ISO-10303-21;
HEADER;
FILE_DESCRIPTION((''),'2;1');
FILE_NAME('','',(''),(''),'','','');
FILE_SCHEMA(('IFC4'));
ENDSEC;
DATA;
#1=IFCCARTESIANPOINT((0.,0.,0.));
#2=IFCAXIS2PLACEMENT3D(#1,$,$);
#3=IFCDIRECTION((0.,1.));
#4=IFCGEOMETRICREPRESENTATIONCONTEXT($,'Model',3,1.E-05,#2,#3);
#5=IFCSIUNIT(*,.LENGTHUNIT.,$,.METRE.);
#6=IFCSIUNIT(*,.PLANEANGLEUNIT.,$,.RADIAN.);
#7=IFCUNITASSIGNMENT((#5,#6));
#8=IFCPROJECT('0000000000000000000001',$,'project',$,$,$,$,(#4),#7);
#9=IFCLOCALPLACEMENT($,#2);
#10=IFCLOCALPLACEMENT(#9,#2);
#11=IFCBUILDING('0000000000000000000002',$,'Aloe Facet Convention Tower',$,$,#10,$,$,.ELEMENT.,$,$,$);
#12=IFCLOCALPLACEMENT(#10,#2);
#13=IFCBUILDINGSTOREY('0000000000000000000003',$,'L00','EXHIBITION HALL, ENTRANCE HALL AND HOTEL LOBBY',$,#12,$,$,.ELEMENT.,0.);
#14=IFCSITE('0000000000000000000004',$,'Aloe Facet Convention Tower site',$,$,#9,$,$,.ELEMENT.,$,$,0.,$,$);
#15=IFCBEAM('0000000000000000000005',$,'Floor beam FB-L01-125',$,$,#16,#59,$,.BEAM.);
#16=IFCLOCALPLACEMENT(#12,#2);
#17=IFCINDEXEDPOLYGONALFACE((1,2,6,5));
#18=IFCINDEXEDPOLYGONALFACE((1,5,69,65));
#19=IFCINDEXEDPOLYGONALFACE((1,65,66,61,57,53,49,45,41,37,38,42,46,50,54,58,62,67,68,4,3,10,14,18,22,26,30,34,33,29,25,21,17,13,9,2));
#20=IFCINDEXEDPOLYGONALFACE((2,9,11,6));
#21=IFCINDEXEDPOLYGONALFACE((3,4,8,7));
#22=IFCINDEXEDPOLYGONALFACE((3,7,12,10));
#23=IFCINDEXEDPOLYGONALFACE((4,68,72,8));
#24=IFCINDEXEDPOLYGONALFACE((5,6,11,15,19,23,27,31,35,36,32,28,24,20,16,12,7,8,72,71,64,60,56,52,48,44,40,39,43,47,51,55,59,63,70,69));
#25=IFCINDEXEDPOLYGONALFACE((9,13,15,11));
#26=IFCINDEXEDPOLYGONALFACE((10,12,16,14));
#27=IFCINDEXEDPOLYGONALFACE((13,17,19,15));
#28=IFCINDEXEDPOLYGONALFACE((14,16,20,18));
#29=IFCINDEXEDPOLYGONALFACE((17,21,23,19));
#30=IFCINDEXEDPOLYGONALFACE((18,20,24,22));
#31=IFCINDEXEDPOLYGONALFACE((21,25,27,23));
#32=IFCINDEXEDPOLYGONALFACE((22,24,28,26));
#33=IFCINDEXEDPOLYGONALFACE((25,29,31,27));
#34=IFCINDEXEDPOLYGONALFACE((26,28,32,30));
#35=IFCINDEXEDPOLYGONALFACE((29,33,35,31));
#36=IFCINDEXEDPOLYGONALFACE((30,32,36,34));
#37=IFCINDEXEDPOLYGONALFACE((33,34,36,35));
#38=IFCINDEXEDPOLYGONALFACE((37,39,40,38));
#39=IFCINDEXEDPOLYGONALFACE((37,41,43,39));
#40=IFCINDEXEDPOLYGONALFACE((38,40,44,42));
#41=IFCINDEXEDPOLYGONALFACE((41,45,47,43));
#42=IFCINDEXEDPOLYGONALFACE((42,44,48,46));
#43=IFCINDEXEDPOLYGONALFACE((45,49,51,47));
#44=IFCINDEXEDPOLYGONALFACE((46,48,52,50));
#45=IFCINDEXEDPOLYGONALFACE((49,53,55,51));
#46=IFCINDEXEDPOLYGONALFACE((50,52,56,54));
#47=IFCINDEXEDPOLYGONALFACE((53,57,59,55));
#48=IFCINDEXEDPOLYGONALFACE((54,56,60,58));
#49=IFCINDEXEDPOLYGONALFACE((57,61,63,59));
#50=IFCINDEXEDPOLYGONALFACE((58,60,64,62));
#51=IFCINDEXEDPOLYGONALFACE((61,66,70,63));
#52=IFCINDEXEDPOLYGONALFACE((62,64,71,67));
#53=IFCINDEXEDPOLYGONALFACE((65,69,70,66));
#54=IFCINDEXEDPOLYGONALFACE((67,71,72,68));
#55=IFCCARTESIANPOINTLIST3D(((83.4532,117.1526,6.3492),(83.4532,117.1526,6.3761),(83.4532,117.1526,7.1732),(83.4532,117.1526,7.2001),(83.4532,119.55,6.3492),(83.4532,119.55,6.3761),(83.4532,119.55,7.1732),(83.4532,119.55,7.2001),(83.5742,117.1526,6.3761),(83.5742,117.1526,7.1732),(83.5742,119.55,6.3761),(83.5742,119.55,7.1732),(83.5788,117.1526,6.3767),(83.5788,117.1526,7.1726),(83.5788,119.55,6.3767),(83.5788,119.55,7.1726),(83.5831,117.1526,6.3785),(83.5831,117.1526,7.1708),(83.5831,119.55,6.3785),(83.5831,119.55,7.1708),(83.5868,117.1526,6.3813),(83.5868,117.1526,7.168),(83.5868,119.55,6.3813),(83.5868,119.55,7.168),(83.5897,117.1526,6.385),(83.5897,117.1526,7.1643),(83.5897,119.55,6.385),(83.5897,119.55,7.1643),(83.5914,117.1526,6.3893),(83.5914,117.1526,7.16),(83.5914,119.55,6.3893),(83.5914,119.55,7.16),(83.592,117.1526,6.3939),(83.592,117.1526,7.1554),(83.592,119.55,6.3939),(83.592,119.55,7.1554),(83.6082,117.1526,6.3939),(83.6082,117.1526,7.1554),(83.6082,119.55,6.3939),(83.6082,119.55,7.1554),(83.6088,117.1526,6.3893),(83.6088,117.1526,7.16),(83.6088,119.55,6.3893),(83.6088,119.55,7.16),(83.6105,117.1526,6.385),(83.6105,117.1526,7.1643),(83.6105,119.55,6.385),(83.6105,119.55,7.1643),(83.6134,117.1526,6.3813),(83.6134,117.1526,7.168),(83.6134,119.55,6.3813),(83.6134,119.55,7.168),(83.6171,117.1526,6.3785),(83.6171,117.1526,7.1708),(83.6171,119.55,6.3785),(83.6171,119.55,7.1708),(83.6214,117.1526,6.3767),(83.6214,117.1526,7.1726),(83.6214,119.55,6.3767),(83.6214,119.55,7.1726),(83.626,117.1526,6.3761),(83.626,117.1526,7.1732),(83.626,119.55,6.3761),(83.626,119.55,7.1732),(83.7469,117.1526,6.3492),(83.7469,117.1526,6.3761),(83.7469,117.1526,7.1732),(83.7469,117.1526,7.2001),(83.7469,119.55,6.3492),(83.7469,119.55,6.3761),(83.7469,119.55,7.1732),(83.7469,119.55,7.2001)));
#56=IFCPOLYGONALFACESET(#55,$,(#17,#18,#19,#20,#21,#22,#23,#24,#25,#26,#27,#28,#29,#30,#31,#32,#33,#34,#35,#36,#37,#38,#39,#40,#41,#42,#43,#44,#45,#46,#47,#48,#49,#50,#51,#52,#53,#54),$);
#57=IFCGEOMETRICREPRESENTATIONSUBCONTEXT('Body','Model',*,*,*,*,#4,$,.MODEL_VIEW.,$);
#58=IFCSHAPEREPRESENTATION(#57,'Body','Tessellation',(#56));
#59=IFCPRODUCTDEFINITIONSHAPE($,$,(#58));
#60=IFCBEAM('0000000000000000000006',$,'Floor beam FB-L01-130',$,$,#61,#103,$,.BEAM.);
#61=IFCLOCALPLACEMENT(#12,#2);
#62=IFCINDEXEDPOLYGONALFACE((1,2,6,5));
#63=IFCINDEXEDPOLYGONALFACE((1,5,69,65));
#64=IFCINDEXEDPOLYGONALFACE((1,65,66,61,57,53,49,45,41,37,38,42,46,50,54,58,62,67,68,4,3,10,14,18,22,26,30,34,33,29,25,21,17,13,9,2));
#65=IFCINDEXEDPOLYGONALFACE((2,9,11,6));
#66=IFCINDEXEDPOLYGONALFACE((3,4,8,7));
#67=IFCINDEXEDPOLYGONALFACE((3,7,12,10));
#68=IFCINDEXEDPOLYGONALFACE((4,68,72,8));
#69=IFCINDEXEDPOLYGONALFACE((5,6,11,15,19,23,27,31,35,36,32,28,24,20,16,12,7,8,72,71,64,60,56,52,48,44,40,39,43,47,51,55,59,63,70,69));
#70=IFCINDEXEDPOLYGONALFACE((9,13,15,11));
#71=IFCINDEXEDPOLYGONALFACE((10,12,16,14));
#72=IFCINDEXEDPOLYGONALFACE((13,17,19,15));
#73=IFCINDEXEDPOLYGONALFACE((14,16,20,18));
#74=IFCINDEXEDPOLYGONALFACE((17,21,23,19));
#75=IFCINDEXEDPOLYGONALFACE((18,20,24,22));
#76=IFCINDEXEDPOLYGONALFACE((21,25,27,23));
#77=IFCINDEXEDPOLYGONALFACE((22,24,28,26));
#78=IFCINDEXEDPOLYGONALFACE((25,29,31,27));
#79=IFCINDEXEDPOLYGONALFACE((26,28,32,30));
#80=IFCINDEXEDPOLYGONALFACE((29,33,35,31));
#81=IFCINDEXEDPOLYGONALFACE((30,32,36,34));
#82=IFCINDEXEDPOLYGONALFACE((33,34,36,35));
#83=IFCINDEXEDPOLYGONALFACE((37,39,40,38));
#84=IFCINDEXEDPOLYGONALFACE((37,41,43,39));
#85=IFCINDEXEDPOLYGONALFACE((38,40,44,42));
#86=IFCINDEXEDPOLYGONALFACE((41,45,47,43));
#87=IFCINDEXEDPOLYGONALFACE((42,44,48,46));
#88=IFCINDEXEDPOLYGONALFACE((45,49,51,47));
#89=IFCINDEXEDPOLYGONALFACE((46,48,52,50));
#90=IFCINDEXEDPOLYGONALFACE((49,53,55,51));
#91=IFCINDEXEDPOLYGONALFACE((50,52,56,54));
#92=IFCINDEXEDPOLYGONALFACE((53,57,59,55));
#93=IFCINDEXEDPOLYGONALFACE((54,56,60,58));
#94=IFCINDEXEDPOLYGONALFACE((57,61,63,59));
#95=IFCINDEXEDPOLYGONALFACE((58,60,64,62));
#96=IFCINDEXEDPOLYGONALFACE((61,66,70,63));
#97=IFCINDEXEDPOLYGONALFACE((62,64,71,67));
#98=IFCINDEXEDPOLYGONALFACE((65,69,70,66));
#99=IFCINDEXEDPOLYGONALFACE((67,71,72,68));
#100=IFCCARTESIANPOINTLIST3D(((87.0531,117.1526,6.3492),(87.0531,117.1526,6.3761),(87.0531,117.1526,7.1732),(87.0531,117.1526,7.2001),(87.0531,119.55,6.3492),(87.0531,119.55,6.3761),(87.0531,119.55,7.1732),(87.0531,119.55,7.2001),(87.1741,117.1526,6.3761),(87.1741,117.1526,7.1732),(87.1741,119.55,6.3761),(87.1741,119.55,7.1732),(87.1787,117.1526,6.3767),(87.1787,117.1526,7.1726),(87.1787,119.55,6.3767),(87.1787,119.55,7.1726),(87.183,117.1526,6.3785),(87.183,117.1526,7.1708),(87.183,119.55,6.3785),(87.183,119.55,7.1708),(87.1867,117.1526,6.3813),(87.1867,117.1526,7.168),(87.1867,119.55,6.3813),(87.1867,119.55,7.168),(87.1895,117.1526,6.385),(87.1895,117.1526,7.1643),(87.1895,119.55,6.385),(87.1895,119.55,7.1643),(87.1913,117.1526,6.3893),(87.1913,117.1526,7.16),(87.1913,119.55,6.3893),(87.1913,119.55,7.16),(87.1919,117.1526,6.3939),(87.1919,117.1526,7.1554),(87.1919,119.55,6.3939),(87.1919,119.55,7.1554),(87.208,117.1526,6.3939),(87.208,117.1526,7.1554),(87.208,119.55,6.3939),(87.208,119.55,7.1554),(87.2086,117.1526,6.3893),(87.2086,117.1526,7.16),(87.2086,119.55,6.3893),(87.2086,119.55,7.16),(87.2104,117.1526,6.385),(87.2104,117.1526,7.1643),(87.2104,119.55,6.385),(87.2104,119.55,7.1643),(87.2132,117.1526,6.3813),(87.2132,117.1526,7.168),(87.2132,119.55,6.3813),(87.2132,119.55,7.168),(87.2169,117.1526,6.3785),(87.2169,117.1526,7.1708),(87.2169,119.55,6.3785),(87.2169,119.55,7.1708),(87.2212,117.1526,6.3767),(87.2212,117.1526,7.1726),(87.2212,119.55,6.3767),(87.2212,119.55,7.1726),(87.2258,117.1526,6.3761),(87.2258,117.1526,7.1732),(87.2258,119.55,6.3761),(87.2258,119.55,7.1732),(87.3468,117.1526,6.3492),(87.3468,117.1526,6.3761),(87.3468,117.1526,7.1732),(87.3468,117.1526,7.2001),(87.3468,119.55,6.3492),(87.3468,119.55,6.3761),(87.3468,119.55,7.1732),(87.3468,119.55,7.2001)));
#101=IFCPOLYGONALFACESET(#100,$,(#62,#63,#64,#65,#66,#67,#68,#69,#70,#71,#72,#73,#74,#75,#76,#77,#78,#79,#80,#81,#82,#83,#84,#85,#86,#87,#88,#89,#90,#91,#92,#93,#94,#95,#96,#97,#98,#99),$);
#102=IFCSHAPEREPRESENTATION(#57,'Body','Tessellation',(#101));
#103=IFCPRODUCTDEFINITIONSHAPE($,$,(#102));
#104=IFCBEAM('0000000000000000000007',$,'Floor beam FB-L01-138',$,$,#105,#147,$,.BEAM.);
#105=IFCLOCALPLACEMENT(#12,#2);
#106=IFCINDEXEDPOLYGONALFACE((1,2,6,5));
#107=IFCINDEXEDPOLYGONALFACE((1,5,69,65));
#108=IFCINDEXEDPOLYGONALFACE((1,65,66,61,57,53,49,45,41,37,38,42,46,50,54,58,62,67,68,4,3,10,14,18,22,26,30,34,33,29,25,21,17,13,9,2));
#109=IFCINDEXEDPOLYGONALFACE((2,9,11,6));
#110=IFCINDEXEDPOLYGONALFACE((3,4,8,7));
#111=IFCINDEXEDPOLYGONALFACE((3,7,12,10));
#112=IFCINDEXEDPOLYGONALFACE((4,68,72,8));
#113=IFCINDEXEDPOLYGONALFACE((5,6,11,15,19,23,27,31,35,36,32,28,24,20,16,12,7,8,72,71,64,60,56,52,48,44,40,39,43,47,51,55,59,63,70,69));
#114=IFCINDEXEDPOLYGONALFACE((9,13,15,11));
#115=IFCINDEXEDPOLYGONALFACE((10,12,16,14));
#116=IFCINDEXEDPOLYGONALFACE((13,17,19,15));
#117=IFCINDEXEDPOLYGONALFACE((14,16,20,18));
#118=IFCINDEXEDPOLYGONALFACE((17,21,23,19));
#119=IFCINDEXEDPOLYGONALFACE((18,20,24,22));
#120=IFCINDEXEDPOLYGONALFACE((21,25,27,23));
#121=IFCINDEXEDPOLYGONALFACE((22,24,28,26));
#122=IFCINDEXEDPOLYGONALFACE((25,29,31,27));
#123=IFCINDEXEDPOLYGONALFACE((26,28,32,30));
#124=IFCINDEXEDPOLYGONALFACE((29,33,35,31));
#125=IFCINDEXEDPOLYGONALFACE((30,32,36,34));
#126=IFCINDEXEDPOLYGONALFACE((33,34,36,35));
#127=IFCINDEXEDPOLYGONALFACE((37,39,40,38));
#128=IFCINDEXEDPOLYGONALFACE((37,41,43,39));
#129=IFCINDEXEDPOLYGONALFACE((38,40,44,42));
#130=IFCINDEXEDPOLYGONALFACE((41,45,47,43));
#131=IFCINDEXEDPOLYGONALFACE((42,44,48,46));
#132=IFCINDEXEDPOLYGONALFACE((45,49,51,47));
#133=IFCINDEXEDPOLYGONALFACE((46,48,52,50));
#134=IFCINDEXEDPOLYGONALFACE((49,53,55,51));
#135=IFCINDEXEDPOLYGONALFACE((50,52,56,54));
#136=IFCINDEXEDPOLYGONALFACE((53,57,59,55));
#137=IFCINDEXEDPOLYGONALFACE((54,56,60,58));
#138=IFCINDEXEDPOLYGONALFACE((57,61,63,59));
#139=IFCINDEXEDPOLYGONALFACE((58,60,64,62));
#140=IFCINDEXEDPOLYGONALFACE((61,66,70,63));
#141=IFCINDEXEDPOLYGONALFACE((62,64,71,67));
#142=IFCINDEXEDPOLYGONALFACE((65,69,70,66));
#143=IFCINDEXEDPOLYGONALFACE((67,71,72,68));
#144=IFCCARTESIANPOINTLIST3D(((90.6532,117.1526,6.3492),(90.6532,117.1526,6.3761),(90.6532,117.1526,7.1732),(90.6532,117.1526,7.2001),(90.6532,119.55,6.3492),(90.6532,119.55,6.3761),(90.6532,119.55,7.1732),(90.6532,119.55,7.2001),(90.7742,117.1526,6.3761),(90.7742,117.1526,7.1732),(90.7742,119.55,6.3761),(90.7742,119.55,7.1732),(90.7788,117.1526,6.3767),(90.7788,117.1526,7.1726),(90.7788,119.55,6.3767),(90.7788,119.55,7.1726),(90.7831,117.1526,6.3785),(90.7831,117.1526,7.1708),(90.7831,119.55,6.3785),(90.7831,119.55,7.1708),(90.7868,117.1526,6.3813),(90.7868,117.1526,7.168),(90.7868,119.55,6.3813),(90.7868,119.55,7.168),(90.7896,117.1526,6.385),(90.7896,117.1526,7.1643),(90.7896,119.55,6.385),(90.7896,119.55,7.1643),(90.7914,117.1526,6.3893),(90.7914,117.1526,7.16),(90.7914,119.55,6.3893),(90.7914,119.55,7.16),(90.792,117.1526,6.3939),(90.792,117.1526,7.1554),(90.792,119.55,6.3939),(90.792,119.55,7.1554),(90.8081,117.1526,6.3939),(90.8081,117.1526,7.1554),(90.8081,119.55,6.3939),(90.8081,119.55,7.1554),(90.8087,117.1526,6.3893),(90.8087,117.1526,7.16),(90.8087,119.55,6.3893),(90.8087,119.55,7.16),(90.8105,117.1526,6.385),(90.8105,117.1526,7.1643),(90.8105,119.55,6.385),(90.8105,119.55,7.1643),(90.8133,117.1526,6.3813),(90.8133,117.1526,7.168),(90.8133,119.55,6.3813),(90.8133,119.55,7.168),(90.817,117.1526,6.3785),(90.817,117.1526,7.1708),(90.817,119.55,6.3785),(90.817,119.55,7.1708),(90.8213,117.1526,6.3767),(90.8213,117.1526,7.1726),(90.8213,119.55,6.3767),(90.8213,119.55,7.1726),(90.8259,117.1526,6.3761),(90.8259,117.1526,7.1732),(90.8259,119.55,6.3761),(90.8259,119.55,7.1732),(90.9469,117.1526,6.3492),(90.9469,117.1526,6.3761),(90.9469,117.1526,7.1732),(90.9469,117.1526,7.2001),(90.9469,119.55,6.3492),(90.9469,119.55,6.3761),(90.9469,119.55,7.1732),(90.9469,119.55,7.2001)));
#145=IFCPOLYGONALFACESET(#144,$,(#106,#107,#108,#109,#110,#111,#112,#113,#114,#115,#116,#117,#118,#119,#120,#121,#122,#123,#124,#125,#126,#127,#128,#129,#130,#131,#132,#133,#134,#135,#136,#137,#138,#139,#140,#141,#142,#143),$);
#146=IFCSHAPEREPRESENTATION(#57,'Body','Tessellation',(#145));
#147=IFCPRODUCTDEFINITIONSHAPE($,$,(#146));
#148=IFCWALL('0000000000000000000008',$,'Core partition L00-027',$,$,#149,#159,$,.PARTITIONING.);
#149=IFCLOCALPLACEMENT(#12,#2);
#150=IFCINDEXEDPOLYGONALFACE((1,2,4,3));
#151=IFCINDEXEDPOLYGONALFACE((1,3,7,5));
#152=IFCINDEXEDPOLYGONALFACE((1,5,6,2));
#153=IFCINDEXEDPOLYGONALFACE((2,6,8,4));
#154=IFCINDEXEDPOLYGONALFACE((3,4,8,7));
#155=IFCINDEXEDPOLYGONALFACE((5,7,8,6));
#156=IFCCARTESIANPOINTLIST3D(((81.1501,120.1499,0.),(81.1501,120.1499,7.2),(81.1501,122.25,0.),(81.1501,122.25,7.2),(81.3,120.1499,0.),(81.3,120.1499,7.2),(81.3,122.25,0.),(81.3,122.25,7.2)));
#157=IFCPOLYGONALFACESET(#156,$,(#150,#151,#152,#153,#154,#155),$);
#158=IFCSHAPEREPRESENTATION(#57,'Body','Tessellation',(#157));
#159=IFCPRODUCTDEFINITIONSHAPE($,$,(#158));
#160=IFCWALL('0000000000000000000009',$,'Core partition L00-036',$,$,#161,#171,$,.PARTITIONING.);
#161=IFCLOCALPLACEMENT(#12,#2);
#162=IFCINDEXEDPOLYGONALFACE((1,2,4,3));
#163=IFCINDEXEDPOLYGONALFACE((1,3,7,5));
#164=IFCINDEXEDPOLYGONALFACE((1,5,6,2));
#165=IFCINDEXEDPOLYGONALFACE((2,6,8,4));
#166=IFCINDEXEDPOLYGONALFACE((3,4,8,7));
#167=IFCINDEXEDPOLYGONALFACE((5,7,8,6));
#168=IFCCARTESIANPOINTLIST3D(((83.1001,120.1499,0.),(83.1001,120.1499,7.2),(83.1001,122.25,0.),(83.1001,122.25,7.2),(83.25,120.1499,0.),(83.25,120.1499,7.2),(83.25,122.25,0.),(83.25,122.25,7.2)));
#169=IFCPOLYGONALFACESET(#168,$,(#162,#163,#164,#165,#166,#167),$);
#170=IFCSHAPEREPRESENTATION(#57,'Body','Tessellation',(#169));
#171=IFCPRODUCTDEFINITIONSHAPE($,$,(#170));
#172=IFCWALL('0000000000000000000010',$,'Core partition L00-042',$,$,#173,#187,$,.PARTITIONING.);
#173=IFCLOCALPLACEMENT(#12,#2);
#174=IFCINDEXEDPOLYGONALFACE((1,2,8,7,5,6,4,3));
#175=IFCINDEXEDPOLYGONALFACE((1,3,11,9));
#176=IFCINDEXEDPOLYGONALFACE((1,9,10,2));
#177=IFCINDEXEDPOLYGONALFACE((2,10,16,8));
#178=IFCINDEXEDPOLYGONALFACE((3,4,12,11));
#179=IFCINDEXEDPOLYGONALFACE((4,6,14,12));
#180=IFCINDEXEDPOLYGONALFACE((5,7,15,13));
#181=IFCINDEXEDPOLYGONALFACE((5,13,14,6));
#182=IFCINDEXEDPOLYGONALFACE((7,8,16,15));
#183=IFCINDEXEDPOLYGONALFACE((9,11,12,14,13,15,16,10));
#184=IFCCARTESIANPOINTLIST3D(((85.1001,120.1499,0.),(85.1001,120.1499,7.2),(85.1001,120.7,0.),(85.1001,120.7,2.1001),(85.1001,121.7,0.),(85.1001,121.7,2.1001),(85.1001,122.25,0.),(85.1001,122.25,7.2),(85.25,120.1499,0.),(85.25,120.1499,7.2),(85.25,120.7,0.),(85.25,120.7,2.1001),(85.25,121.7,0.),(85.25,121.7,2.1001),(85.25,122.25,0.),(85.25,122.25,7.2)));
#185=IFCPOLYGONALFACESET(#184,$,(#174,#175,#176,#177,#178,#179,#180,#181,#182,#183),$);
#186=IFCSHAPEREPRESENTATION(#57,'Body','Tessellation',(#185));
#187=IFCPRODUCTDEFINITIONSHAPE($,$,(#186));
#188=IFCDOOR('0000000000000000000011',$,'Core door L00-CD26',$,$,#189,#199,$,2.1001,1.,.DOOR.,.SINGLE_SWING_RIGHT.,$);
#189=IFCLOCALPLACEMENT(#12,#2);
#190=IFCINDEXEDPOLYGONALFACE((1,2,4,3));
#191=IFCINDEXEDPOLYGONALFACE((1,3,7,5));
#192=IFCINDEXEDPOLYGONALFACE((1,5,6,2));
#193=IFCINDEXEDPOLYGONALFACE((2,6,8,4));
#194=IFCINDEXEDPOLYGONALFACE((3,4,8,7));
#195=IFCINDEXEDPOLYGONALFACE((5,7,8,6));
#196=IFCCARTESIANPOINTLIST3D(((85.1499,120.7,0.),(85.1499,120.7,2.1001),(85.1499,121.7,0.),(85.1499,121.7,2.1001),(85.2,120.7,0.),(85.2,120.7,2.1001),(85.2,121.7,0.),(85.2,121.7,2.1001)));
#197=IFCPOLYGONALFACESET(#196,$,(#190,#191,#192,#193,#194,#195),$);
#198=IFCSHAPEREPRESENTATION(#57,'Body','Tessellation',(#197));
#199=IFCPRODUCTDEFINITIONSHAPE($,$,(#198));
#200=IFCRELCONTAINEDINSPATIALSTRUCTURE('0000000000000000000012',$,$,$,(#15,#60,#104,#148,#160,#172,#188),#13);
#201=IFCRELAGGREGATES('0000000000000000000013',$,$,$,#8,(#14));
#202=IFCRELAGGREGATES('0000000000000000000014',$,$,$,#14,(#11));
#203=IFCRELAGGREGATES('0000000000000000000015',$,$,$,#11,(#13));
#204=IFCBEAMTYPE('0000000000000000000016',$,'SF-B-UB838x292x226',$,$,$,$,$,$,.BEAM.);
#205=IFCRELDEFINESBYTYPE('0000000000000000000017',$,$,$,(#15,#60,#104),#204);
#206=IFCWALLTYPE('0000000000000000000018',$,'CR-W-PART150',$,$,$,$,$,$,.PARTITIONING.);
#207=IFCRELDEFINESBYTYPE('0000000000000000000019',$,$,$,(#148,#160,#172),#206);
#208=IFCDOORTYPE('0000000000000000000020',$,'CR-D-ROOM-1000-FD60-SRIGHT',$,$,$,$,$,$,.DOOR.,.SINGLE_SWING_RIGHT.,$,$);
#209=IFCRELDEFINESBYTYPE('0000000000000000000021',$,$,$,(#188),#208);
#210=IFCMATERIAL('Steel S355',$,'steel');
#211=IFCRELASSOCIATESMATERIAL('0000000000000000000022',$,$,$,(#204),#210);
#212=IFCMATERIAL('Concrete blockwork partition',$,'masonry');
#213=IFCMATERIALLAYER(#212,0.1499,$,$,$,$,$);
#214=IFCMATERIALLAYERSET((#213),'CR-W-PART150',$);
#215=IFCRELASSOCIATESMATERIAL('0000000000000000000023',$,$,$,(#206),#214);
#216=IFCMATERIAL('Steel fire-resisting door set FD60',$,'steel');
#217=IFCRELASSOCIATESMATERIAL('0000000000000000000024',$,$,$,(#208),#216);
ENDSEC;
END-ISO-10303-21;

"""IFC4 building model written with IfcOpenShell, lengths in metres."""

from ifc_helpers import new_model, si_unit, direction, frame, frame_2d, origin, origin_2d, place, context, subcontext, project, spatial, rectangle, i_section, extrude, material, layer, layer_set, material_profile, profile_set, type_object, element, fill, save


model = new_model("IFC4")

# Units and contexts
model_context = context("Model", 3, precision=1e-05, world=origin(), true_north=direction((0.0, 1.0)))
body_context = subcontext(model_context, "Body", "Model", "MODEL_VIEW")
ifc_project = project(units=[si_unit("LENGTHUNIT", "METRE"), si_unit("PLANEANGLEUNIT", "RADIAN")], contexts=[model_context])

# Site, building, storey
site_placement = place(None, origin())
site = spatial("IfcSite", under=ifc_project, at=site_placement, Name="Aloe Facet Convention Tower site", CompositionType="ELEMENT", RefElevation=0.0)
building_placement = place(site_placement, origin())
building = spatial("IfcBuilding", under=site, at=building_placement, Name="Aloe Facet Convention Tower", CompositionType="ELEMENT")
storey_placement = place(building_placement, origin())
storey = spatial("IfcBuildingStorey", under=building, at=storey_placement, Name="L00", Description="EXHIBITION HALL, ENTRANCE HALL AND HOTEL LOBBY", CompositionType="ELEMENT", Elevation=0.0)

# Beams
ifc_material_1 = material(Name="Steel S355", Category="steel")
ifc_material_profile_1 = material_profile(ifc_material_1, i_section(OverallWidth=0.2937, OverallDepth=0.8508, WebThickness=0.0161, FlangeThickness=0.0269, FilletRadius=0.0178, at=origin_2d()), Name="UB 838x292x226")
ifc_profile_set_1 = profile_set([ifc_material_profile_1], Name="Steel S355")
beam_type_1 = type_object("IfcBeamType", Name="SF-B-UB838x292x226", PredefinedType="BEAM", material=ifc_profile_set_1)
for number, where, z_axis, x_axis, name in (
    (1, (83.6001, 117.1526, 6.7747), (0.0, 1.0, 0.0), (-1.0, 0.0, 0.0), "Floor beam FB-L01-125"),
    (2, (87.2, 117.1526, 6.7747), (0.0, 1.0, 0.0), (-1.0, 0.0, 0.0), "Floor beam FB-L01-130"),
    (3, (90.8, 117.1526, 6.7747), (0.0, 1.0, 0.0), (-1.0, 0.0, 0.0), "Floor beam FB-L01-138"),
):
    element("IfcBeam", number, at=place(storey_placement, frame(where, z_axis=z_axis, x_axis=x_axis)), inside=storey, type_object=beam_type_1, Name=name, PredefinedType="BEAM", context=body_context, shape_type="SweptSolid", body=[
        extrude(i_section(OverallWidth=0.2937, OverallDepth=0.8508, WebThickness=0.0161, FlangeThickness=0.0269, FilletRadius=0.0178, at=origin_2d()), origin(), (0.0, 0.0, 1.0), 2.3975),
    ])

# Walls
ifc_material_2 = material(Name="Concrete blockwork partition", Category="masonry")
ifc_layer_1 = layer(ifc_material_2, 0.1499)
ifc_layer_set_1 = layer_set([ifc_layer_1], Name="CR-W-PART150")
wall_type_1 = type_object("IfcWallType", Name="CR-W-PART150", PredefinedType="PARTITIONING", material=ifc_layer_set_1)
for number, where, z_axis, x_axis, name in (
    (4, (81.2251, 122.25, 0.0), (0.0, 0.0, 1.0), (0.0, -1.0, 0.0), "Core partition L00-027"),
    (5, (83.175, 122.25, 0.0), (0.0, 0.0, 1.0), (0.0, -1.0, 0.0), "Core partition L00-036"),
):
    element("IfcWall", number, at=place(storey_placement, frame(where, z_axis=z_axis, x_axis=x_axis)), inside=storey, type_object=wall_type_1, Name=name, PredefinedType="PARTITIONING", context=body_context, shape_type="SweptSolid", body=[
        extrude(rectangle(XDim=2.1001, YDim=0.1499, at=frame_2d((1.05, 0.0))), origin(), (0.0, 0.0, 1.0), 7.2),
    ])

# Wall, opening, door
wall_1_placement = place(storey_placement, frame((85.175, 122.25, 0.0), z_axis=(0.0, 0.0, 1.0), x_axis=(0.0, -1.0, 0.0)))
wall_1 = element("IfcWall", 6, at=wall_1_placement, inside=storey, type_object=wall_type_1, Name="Core partition L00-042", PredefinedType="PARTITIONING", context=body_context, shape_type="SweptSolid", body=[
    extrude(rectangle(XDim=2.1001, YDim=0.1499, at=frame_2d((1.05, 0.0))), origin(), (0.0, 0.0, 1.0), 7.2),
])
opening_1_placement = place(wall_1_placement, frame((0.55, 0.0, 0.0)))
opening_1 = element("IfcOpeningElement", 7, at=opening_1_placement, cuts=wall_1, PredefinedType="OPENING", context=body_context, shape_type="SweptSolid", body=[
    extrude(rectangle(XDim=1.0, YDim=2.1001, at=frame_2d((0.5, 1.05))), frame((0.0, 0.085, 0.0), z_axis=(0.0, -1.0, 0.0), x_axis=(1.0, 0.0, 0.0)), (0.0, 0.0, 1.0), 0.1699),
])
ifc_material_3 = material(Name="Steel fire-resisting door set FD60", Category="steel")
door_type_1 = type_object("IfcDoorType", Name="CR-D-ROOM-1000-FD60-SRIGHT", OperationType="SINGLE_SWING_RIGHT", PredefinedType="DOOR", material=ifc_material_3)
door_1_placement = place(opening_1_placement, origin())
door_1 = element("IfcDoor", 8, at=door_1_placement, inside=storey, type_object=door_type_1, Name="Core door L00-CD26", OperationType="SINGLE_SWING_RIGHT", OverallHeight=2.1001, OverallWidth=1.0, PredefinedType="DOOR", context=body_context, shape_type="SweptSolid", body=[
    extrude(rectangle(XDim=1.0, YDim=2.1001, at=frame_2d((0.5, 1.05))), frame((0.0, 0.0249, 0.0), z_axis=(0.0, -1.0, 0.0), x_axis=(1.0, 0.0, 0.0)), (0.0, 0.0, 1.0), 0.05),
])
fill(opening_1, door_1)

save(model, "model.ifc")
